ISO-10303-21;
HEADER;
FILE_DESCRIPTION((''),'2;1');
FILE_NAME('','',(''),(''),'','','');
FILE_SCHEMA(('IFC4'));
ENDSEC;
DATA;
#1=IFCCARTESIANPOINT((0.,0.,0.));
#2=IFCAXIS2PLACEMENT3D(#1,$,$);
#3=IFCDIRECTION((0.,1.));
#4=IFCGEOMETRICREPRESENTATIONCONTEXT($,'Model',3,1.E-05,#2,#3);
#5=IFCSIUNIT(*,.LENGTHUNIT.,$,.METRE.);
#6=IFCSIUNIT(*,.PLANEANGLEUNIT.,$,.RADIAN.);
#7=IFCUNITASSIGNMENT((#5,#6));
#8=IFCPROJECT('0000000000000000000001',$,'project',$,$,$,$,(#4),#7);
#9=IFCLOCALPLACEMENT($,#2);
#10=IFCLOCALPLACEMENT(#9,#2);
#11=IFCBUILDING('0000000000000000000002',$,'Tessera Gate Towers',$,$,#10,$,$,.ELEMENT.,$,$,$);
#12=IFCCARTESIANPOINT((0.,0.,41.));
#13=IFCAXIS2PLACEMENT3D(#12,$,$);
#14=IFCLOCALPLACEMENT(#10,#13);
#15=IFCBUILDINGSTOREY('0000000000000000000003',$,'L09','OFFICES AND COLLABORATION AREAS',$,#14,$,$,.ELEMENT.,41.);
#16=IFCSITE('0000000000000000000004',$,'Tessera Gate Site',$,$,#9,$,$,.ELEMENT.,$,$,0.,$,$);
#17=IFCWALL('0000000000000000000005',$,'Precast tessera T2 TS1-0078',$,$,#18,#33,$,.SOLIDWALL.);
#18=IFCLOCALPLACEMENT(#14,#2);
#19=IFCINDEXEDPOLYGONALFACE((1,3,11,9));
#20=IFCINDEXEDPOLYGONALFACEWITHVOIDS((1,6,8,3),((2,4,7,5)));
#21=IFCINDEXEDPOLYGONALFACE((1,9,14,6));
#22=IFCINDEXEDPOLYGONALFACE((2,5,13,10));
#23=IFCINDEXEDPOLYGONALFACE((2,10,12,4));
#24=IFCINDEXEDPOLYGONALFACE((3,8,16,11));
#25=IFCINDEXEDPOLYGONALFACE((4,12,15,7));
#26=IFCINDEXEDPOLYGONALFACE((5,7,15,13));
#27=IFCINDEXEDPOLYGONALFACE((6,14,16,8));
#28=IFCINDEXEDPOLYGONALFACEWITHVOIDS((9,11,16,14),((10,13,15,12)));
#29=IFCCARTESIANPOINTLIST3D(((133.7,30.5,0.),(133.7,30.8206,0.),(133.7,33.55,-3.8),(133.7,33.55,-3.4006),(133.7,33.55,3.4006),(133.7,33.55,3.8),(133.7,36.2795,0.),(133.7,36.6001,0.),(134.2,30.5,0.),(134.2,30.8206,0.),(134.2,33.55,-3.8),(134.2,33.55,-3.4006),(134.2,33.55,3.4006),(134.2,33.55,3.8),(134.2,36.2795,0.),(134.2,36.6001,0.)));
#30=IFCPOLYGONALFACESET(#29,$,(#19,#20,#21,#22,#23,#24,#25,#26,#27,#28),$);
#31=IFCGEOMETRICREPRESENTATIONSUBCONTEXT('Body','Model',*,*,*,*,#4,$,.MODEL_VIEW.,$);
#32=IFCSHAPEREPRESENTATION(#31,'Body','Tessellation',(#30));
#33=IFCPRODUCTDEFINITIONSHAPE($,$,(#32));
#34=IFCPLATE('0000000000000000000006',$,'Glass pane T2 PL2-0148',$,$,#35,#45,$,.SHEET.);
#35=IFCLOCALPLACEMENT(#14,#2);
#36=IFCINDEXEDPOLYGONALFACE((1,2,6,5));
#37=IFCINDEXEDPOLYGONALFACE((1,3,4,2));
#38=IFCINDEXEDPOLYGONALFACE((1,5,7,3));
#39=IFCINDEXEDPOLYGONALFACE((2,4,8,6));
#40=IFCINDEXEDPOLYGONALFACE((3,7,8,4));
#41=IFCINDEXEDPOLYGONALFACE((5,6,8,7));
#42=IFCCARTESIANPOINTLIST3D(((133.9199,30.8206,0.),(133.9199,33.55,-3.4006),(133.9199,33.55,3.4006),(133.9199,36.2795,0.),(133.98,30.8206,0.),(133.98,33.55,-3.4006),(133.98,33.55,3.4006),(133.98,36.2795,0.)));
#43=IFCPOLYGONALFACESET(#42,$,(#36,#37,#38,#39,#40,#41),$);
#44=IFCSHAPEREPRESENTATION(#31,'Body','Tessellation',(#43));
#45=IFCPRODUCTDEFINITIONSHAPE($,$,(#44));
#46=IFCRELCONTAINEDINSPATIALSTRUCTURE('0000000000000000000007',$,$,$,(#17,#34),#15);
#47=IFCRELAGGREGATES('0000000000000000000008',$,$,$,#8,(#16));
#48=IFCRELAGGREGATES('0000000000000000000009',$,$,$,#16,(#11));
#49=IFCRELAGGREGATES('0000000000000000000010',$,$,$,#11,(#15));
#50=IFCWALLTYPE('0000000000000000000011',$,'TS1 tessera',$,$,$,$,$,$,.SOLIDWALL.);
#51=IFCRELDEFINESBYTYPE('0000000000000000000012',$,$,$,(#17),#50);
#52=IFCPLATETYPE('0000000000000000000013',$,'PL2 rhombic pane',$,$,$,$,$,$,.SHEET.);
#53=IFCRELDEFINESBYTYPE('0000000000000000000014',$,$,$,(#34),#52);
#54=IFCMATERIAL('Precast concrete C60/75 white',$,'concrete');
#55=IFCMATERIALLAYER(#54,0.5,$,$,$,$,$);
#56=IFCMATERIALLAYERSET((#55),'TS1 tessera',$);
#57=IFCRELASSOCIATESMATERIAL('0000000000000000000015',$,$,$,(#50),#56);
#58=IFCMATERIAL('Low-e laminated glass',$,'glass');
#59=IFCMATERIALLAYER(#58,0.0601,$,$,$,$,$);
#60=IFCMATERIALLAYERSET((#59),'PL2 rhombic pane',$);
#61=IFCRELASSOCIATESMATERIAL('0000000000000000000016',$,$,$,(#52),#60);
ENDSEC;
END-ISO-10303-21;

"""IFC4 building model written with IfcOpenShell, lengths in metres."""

from ifc_helpers import new_model, si_unit, direction, frame, origin, place, context, subcontext, project, spatial, polyline, outline, extrude, source, transform, mapped, material, layer, layer_set, type_object, element, fill, save


model = new_model("IFC4")

# Units and contexts
model_context = context("Model", 3, precision=1e-05, world=origin(), true_north=direction((0.0, 1.0)))
body_context = subcontext(model_context, "Body", "Model", "MODEL_VIEW")
ifc_project = project(units=[si_unit("LENGTHUNIT", "METRE"), si_unit("PLANEANGLEUNIT", "RADIAN")], contexts=[model_context])

# Site, building, storey
site_placement = place(None, origin())
site = spatial("IfcSite", under=ifc_project, at=site_placement, Name="Tessera Gate Site", CompositionType="ELEMENT", RefElevation=0.0)
building_placement = place(site_placement, origin())
building = spatial("IfcBuilding", under=site, at=building_placement, Name="Tessera Gate Towers", CompositionType="ELEMENT")
storey_placement = place(building_placement, frame((0.0, 0.0, 41.0)))
storey = spatial("IfcBuildingStorey", under=building, at=storey_placement, Name="L09", Description="OFFICES AND COLLABORATION AREAS", CompositionType="ELEMENT", Elevation=41.0)

# Wall, opening, plate
ifc_material_1 = material(Name="Precast concrete C60/75 white", Category="concrete")
ifc_layer_1 = layer(ifc_material_1, 0.5)
ifc_layer_set_1 = layer_set([ifc_layer_1], Name="TS1 tessera")
wall_type_1 = type_object("IfcWallType", Name="TS1 tessera", PredefinedType="SOLIDWALL", material=ifc_layer_set_1)
shared_shape_1 = source(origin(), body_context, "Body", "SweptSolid", [
    extrude(outline(polyline([(3.05, 0.0), (6.1001, 3.8), (3.05, 7.6001), (0.0, 3.8), (3.05, 0.0)])), frame((0.0, 0.25, 0.0), z_axis=(0.0, -1.0, 0.0), x_axis=(1.0, 0.0, 0.0)), (0.0, 0.0, 1.0), 0.5),
])
wall_1_placement = place(storey_placement, frame((133.95, 30.5, -3.8), z_axis=(0.0, 0.0, 1.0), x_axis=(0.0, 1.0, 0.0)))
wall_1 = element("IfcWall", 1, at=wall_1_placement, inside=storey, type_object=wall_type_1, Name="Precast tessera T2 TS1-0078", PredefinedType="SOLIDWALL", context=body_context, shape_type="MappedRepresentation", body=[
    mapped(shared_shape_1, transform((0.0, 0.0, 0.0), scale=1.0)),
])
shared_shape_2 = source(origin(), body_context, "Body", "SweptSolid", [
    extrude(outline(polyline([(3.05, 0.3994), (5.7795, 3.8), (3.05, 7.2007), (0.3206, 3.8), (3.05, 0.3994)])), frame((0.0, 0.26, 0.0), z_axis=(0.0, -1.0, 0.0), x_axis=(1.0, 0.0, 0.0)), (0.0, 0.0, 1.0), 0.52),
])
opening_1_placement = place(wall_1_placement, origin())
opening_1 = element("IfcOpeningElement", 2, at=opening_1_placement, cuts=wall_1, PredefinedType="OPENING", context=body_context, shape_type="MappedRepresentation", body=[
    mapped(shared_shape_2, transform((0.0, 0.0, 0.0), scale=1.0)),
])
ifc_material_2 = material(Name="Low-e laminated glass", Category="glass")
ifc_layer_2 = layer(ifc_material_2, 0.0601)
ifc_layer_set_2 = layer_set([ifc_layer_2], Name="PL2 rhombic pane")
plate_type = type_object("IfcPlateType", Name="PL2 rhombic pane", PredefinedType="SHEET", material=ifc_layer_set_2)
shared_shape_3 = source(origin(), body_context, "Body", "SweptSolid", [
    extrude(outline(polyline([(3.05, 0.3994), (5.7795, 3.8), (3.05, 7.2007), (0.3206, 3.8), (3.05, 0.3994)])), frame((0.0, 0.03, 0.0), z_axis=(0.0, -1.0, 0.0), x_axis=(1.0, 0.0, 0.0)), (0.0, 0.0, 1.0), 0.0601),
])
plate_placement = place(opening_1_placement, origin())
plate = element("IfcPlate", 3, at=plate_placement, inside=storey, type_object=plate_type, Name="Glass pane T2 PL2-0148", PredefinedType="SHEET", context=body_context, shape_type="MappedRepresentation", body=[
    mapped(shared_shape_3, transform((0.0, 0.0, 0.0), scale=1.0)),
])
fill(opening_1, plate)

save(model, "model.ifc")
